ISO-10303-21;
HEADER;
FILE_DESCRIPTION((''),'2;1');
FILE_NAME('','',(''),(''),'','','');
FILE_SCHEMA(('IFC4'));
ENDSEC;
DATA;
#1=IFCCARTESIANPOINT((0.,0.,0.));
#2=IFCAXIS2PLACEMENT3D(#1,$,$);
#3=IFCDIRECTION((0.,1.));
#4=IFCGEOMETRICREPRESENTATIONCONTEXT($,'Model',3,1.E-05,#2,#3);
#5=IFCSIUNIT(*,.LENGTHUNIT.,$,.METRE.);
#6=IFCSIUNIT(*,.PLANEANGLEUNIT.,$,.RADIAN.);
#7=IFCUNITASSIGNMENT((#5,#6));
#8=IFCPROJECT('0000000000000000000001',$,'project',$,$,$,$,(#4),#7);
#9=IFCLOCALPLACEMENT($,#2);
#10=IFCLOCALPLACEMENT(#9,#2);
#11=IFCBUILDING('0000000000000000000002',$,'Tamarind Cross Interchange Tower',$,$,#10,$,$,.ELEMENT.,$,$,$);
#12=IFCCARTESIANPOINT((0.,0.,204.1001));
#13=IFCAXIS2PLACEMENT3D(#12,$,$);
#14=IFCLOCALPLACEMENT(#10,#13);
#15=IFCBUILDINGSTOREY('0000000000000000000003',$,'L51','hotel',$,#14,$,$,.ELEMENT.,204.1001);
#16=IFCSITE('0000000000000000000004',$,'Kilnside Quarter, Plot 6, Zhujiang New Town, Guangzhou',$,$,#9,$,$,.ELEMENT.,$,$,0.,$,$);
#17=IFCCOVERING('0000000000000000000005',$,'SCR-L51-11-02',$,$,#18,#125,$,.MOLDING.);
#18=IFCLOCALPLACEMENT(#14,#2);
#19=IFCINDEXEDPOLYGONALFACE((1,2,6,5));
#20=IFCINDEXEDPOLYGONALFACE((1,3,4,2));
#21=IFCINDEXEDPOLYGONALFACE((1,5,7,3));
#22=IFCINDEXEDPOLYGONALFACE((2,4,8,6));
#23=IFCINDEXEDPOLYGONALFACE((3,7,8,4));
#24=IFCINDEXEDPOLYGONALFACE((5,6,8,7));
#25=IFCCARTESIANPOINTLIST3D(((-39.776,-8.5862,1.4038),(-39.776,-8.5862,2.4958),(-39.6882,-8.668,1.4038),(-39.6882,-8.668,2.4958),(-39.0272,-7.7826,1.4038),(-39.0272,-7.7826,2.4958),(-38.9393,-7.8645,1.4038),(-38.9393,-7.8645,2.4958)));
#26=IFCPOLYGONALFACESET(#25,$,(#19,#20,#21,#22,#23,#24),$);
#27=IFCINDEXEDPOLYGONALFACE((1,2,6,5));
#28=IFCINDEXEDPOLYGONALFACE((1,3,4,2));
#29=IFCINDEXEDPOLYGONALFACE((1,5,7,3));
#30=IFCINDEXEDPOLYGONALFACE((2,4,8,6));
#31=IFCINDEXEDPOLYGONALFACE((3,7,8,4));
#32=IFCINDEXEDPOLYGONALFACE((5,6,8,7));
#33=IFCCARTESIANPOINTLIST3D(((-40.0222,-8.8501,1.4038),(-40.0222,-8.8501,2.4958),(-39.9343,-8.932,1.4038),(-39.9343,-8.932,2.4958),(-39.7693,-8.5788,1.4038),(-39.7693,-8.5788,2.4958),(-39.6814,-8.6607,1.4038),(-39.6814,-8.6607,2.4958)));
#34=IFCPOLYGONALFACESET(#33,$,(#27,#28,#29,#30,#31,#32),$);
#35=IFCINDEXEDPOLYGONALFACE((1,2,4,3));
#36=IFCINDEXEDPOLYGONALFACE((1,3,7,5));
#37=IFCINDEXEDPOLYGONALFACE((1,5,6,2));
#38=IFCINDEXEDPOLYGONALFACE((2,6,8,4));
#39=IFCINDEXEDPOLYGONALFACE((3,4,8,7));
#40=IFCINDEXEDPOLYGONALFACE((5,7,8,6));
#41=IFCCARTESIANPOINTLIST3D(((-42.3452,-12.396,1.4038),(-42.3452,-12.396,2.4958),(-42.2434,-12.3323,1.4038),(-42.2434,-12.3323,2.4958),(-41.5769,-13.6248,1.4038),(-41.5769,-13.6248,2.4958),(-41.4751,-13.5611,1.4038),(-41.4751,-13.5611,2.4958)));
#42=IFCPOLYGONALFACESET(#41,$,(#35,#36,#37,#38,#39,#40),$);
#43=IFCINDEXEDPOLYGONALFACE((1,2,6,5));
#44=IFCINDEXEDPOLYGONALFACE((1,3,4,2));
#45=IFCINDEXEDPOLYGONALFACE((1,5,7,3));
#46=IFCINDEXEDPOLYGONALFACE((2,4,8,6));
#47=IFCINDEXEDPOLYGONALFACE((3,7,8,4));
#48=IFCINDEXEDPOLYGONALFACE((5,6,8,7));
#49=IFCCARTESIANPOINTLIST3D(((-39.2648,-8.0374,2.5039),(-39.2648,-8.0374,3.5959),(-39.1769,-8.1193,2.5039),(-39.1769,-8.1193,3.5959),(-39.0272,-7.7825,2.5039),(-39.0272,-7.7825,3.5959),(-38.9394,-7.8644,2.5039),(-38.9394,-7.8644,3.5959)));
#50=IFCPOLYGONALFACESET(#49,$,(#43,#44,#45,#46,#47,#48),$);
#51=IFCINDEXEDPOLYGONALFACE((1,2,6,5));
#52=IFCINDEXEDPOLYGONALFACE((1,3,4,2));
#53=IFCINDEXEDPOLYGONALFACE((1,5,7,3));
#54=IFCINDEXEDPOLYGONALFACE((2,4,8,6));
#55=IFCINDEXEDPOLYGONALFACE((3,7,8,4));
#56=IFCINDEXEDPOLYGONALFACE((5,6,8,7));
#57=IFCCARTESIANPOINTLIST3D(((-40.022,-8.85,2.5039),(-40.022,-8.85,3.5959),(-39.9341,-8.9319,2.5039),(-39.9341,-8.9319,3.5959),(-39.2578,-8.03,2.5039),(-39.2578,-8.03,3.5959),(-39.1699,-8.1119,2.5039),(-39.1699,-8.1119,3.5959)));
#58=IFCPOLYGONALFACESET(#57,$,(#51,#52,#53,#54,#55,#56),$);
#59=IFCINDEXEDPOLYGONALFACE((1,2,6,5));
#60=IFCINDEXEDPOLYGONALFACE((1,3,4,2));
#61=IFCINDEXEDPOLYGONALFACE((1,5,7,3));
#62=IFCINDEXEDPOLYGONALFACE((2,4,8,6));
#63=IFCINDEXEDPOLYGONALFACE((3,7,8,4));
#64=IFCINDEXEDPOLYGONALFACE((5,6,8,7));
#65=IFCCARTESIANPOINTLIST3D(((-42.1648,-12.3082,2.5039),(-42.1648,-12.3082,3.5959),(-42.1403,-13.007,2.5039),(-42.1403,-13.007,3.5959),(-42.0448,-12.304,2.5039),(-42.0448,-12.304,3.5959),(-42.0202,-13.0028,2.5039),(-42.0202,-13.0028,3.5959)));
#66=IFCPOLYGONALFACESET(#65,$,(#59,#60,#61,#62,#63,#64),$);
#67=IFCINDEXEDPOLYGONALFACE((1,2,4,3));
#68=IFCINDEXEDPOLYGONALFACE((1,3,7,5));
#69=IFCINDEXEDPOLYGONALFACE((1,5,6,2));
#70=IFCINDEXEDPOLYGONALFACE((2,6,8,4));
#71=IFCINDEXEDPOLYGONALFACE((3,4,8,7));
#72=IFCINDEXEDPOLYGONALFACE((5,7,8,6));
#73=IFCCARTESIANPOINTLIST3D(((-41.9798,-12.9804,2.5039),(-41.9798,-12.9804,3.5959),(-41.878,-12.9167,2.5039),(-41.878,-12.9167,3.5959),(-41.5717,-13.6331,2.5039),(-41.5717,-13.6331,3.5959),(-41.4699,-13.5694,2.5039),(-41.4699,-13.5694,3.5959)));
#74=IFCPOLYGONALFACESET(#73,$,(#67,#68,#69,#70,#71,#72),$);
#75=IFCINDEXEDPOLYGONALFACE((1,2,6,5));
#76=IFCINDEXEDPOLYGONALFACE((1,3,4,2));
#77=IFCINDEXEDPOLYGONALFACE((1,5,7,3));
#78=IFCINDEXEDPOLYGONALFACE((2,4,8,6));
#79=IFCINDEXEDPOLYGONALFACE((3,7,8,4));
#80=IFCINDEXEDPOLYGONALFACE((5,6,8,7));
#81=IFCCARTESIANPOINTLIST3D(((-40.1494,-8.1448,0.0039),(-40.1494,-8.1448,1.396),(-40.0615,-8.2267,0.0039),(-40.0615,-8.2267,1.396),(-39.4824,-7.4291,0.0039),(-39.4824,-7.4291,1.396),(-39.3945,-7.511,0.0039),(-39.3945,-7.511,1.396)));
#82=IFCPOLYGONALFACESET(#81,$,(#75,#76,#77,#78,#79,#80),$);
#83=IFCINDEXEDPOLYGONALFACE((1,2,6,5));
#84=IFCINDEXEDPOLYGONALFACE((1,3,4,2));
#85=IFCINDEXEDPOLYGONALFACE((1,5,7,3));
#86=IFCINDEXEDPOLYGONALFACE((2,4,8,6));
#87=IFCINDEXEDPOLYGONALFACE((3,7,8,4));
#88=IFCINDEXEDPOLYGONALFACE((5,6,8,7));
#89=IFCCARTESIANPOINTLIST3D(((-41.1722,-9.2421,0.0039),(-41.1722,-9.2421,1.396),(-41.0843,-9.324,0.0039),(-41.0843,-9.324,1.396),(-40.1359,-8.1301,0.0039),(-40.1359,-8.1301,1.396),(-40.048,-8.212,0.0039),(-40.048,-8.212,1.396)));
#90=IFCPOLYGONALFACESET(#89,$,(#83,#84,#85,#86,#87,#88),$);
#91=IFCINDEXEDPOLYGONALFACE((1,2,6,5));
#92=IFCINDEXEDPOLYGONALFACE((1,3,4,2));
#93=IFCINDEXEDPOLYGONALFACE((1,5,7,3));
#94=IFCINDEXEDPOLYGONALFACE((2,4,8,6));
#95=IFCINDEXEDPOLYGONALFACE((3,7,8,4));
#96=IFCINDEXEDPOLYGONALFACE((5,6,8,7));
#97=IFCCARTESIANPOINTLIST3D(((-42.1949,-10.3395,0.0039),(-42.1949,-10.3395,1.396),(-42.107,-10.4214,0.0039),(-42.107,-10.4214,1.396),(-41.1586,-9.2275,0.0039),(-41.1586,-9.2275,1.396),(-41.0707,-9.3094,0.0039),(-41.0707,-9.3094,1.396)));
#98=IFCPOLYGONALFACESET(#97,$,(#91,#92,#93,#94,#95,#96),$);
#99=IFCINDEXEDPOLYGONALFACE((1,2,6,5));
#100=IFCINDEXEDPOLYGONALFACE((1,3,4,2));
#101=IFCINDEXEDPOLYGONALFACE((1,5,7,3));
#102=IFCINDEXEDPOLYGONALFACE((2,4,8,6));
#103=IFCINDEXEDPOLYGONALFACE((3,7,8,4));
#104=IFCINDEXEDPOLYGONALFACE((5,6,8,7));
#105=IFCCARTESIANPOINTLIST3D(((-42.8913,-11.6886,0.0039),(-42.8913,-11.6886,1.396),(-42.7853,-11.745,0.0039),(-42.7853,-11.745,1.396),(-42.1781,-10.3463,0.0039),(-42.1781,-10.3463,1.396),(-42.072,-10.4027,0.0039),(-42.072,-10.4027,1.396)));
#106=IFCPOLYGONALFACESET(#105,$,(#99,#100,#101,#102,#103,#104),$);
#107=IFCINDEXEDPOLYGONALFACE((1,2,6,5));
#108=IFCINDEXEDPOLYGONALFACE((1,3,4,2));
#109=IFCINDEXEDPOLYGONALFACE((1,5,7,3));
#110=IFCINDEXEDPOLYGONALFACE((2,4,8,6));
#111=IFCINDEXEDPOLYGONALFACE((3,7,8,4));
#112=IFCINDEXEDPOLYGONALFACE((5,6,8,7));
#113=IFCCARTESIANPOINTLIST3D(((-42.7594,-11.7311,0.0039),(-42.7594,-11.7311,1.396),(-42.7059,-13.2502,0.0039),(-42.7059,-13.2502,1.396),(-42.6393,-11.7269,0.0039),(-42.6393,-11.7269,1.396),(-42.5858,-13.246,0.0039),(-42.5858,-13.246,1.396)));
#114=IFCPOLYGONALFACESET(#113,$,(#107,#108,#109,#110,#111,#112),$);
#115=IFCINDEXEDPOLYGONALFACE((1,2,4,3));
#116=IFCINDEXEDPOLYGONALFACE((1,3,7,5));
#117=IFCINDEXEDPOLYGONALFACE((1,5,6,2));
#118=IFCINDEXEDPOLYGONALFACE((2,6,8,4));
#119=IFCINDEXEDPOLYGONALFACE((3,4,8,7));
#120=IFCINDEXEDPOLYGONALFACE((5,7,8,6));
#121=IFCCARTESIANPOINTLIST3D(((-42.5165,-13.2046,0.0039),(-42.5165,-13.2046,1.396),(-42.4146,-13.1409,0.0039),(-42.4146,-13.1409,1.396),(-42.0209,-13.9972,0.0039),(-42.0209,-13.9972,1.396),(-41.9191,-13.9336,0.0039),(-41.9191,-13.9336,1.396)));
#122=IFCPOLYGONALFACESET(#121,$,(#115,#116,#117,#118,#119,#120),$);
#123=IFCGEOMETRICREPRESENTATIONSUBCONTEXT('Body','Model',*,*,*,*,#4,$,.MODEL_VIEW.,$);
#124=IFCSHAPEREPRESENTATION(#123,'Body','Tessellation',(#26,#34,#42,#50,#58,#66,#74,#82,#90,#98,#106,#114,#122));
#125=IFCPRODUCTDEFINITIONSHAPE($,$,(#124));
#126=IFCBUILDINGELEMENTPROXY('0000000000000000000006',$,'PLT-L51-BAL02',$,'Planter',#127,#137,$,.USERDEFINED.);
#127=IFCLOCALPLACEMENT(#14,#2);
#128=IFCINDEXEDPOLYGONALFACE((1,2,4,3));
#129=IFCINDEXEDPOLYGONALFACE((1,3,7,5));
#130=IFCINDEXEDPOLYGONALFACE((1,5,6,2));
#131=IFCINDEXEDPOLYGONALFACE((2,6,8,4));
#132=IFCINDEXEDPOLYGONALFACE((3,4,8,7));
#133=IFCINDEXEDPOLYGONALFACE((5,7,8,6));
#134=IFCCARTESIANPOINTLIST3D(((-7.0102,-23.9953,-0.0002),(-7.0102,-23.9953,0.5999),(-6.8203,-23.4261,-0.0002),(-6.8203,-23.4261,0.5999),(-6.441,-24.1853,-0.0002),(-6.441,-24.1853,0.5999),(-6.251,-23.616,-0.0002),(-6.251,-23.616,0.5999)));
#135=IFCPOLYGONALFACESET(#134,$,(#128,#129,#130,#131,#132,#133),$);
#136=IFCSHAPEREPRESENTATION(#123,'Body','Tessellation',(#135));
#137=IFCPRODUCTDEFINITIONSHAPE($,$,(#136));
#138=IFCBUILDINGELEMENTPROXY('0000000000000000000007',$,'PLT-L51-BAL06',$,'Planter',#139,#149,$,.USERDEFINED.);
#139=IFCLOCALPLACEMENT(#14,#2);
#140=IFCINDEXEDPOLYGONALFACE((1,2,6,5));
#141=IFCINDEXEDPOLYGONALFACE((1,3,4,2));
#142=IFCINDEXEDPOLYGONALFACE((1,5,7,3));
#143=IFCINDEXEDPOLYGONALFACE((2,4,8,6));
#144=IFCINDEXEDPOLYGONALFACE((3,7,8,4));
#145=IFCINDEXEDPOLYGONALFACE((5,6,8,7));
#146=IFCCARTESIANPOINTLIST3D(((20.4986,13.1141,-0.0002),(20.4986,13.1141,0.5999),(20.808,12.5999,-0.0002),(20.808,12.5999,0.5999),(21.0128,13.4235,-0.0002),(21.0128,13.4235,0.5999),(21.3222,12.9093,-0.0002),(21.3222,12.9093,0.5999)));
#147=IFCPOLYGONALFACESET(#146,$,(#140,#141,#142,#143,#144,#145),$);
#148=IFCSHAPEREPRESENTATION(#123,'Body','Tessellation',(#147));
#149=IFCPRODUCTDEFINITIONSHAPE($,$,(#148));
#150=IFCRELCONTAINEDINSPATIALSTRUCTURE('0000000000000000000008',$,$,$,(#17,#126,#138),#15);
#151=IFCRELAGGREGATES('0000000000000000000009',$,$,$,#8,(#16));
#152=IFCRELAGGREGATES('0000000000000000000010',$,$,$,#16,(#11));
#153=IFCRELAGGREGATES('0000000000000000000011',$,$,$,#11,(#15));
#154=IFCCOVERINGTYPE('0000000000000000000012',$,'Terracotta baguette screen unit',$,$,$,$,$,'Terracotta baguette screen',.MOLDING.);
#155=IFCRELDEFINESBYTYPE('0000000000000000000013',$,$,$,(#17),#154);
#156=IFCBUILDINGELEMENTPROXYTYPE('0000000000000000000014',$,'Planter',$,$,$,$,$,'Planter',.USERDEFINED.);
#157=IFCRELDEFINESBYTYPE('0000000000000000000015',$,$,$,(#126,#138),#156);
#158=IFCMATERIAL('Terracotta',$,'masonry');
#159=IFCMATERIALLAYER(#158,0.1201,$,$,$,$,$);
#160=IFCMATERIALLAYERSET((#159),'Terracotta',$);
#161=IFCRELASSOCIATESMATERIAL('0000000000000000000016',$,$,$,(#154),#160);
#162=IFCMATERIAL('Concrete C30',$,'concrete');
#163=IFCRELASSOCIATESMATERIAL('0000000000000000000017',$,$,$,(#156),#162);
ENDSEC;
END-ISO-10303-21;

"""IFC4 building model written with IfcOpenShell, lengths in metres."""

from ifc_helpers import new_model, si_unit, direction, frame, origin, origin_2d, place, context, subcontext, project, spatial, rectangle, extrude, material, layer, layer_set, type_object, element, save


model = new_model("IFC4")

# Units and contexts
model_context = context("Model", 3, precision=1e-05, world=origin(), true_north=direction((0.0, 1.0)))
body_context = subcontext(model_context, "Body", "Model", "MODEL_VIEW")
ifc_project = project(units=[si_unit("LENGTHUNIT", "METRE"), si_unit("PLANEANGLEUNIT", "RADIAN")], contexts=[model_context])

# Site, building, storey
site_placement = place(None, origin())
site = spatial("IfcSite", under=ifc_project, at=site_placement, Name="Kilnside Quarter, Plot 6, Zhujiang New Town, Guangzhou", CompositionType="ELEMENT", RefElevation=0.0)
building_placement = place(site_placement, origin())
building = spatial("IfcBuilding", under=site, at=building_placement, Name="Tamarind Cross Interchange Tower", CompositionType="ELEMENT")
storey_placement = place(building_placement, frame((0.0, 0.0, 204.1001)))
storey = spatial("IfcBuildingStorey", under=building, at=storey_placement, Name="L51", Description="hotel", CompositionType="ELEMENT", Elevation=204.1001)

# Covering
ifc_material_1 = material(Name="Terracotta", Category="masonry")
ifc_layer_1 = layer(ifc_material_1, 0.1201)
ifc_layer_set_1 = layer_set([ifc_layer_1], Name="Terracotta")
covering_type = type_object("IfcCoveringType", Name="Terracotta baguette screen unit", ElementType="Terracotta baguette screen", PredefinedType="MOLDING", material=ifc_layer_set_1)
covering_1_placement = place(storey_placement, origin())
element("IfcCovering", 1, at=covering_1_placement, inside=storey, type_object=covering_type, Name="SCR-L51-11-02", PredefinedType="MOLDING", context=body_context, shape_type="SweptSolid", body=[
    extrude(rectangle(XDim=1.0984, YDim=0.1201, at=origin_2d()), frame((-39.3577, -8.2253, 1.4038), z_axis=(0.0, 0.0, 1.0), x_axis=(-0.681794, -0.731544, 0.0)), (0.0, 0.0, 1.0), 1.092),
    extrude(rectangle(XDim=0.3708, YDim=0.1201, at=origin_2d()), frame((-39.8518, -8.7554, 1.4038), z_axis=(0.0, 0.0, 1.0), x_axis=(-0.681794, -0.731544, 0.0)), (0.0, 0.0, 1.0), 1.092),
    extrude(rectangle(XDim=1.4492, YDim=0.1201, at=origin_2d()), frame((-41.9102, -12.9785, 1.4038), z_axis=(0.0, 0.0, 1.0), x_axis=(0.530156, -0.8479, 0.0)), (0.0, 0.0, 1.0), 1.092),
    extrude(rectangle(XDim=0.3484, YDim=0.1201, at=origin_2d()), frame((-39.1021, -7.9509, 2.5039), z_axis=(0.0, 0.0, 1.0), x_axis=(-0.681794, -0.731544, 0.0)), (0.0, 0.0, 1.0), 1.092),
    extrude(rectangle(XDim=1.1208, YDim=0.1201, at=origin_2d()), frame((-39.5959, -8.481, 2.5039), z_axis=(0.0, 0.0, 1.0), x_axis=(-0.681794, -0.731544, 0.0)), (0.0, 0.0, 1.0), 1.092),
    extrude(rectangle(XDim=0.6992, YDim=0.1201, at=origin_2d()), frame((-42.0925, -12.6555, 2.5039), z_axis=(0.0, 0.0, 1.0), x_axis=(0.035179, -0.999381, 0.0)), (0.0, 0.0, 1.0), 1.092),
    extrude(rectangle(XDim=0.7698, YDim=0.1201, at=origin_2d()), frame((-41.7249, -13.2749, 2.5039), z_axis=(0.0, 0.0, 1.0), x_axis=(0.530156, -0.8479, 0.0)), (0.0, 0.0, 1.0), 1.092),
    extrude(rectangle(XDim=0.9783, YDim=0.1201, at=origin_2d()), frame((-39.772, -7.8279, 0.0039), z_axis=(0.0, 0.0, 1.0), x_axis=(-0.681794, -0.731544, 0.0)), (0.0, 0.0, 1.0), 1.3921),
    extrude(rectangle(XDim=1.52, YDim=0.1201, at=origin_2d()), frame((-40.6101, -8.7271, 0.0039), z_axis=(0.0, 0.0, 1.0), x_axis=(-0.681794, -0.731544, 0.0)), (0.0, 0.0, 1.0), 1.3921),
    extrude(rectangle(XDim=1.52, YDim=0.1201, at=origin_2d()), frame((-41.6328, -9.8245, 0.0039), z_axis=(0.0, 0.0, 1.0), x_axis=(-0.681794, -0.731544, 0.0)), (0.0, 0.0, 1.0), 1.3921),
    extrude(rectangle(XDim=1.52, YDim=0.1201, at=origin_2d()), frame((-42.4817, -11.0457, 0.0039), z_axis=(0.0, 0.0, 1.0), x_axis=(-0.469225, -0.883079, 0.0)), (0.0, 0.0, 1.0), 1.3921),
    extrude(rectangle(XDim=1.52, YDim=0.1201, at=origin_2d()), frame((-42.6726, -12.4885, 0.0039), z_axis=(0.0, 0.0, 1.0), x_axis=(0.035179, -0.999381, 0.0)), (0.0, 0.0, 1.0), 1.3921),
    extrude(rectangle(XDim=0.9348, YDim=0.1201, at=origin_2d()), frame((-42.2178, -13.5691, 0.0039), z_axis=(0.0, 0.0, 1.0), x_axis=(0.530156, -0.8479, 0.0)), (0.0, 0.0, 1.0), 1.3921),
])

# Building element proxies
ifc_material_2 = material(Name="Concrete C30", Category="concrete")
building_element_proxy_type = type_object("IfcBuildingElementProxyType", Name="Planter", ElementType="Planter", PredefinedType="USERDEFINED", material=ifc_material_2)
proxy_1_placement = place(storey_placement, origin())
element("IfcBuildingElementProxy", 2, at=proxy_1_placement, inside=storey, type_object=building_element_proxy_type, Name="PLT-L51-BAL02", ObjectType="Planter", PredefinedType="USERDEFINED", context=body_context, shape_type="SweptSolid", body=[
    extrude(rectangle(XDim=0.6001, YDim=0.6001, at=origin_2d()), frame((-6.6306, -23.8057, -0.0002), z_axis=(0.0, 0.0, 1.0), x_axis=(0.948592, -0.316502, 0.0)), (0.0, 0.0, 1.0), 0.6001),
])
proxy_2_placement = place(storey_placement, origin())
element("IfcBuildingElementProxy", 3, at=proxy_2_placement, inside=storey, type_object=building_element_proxy_type, Name="PLT-L51-BAL06", ObjectType="Planter", PredefinedType="USERDEFINED", context=body_context, shape_type="SweptSolid", body=[
    extrude(rectangle(XDim=0.6001, YDim=0.6001, at=origin_2d()), frame((20.9104, 13.0117, -0.0002), z_axis=(0.0, 0.0, 1.0), x_axis=(-0.515577, 0.856843, 0.0)), (0.0, 0.0, 1.0), 0.6001),
])

save(model, "model.ifc")
